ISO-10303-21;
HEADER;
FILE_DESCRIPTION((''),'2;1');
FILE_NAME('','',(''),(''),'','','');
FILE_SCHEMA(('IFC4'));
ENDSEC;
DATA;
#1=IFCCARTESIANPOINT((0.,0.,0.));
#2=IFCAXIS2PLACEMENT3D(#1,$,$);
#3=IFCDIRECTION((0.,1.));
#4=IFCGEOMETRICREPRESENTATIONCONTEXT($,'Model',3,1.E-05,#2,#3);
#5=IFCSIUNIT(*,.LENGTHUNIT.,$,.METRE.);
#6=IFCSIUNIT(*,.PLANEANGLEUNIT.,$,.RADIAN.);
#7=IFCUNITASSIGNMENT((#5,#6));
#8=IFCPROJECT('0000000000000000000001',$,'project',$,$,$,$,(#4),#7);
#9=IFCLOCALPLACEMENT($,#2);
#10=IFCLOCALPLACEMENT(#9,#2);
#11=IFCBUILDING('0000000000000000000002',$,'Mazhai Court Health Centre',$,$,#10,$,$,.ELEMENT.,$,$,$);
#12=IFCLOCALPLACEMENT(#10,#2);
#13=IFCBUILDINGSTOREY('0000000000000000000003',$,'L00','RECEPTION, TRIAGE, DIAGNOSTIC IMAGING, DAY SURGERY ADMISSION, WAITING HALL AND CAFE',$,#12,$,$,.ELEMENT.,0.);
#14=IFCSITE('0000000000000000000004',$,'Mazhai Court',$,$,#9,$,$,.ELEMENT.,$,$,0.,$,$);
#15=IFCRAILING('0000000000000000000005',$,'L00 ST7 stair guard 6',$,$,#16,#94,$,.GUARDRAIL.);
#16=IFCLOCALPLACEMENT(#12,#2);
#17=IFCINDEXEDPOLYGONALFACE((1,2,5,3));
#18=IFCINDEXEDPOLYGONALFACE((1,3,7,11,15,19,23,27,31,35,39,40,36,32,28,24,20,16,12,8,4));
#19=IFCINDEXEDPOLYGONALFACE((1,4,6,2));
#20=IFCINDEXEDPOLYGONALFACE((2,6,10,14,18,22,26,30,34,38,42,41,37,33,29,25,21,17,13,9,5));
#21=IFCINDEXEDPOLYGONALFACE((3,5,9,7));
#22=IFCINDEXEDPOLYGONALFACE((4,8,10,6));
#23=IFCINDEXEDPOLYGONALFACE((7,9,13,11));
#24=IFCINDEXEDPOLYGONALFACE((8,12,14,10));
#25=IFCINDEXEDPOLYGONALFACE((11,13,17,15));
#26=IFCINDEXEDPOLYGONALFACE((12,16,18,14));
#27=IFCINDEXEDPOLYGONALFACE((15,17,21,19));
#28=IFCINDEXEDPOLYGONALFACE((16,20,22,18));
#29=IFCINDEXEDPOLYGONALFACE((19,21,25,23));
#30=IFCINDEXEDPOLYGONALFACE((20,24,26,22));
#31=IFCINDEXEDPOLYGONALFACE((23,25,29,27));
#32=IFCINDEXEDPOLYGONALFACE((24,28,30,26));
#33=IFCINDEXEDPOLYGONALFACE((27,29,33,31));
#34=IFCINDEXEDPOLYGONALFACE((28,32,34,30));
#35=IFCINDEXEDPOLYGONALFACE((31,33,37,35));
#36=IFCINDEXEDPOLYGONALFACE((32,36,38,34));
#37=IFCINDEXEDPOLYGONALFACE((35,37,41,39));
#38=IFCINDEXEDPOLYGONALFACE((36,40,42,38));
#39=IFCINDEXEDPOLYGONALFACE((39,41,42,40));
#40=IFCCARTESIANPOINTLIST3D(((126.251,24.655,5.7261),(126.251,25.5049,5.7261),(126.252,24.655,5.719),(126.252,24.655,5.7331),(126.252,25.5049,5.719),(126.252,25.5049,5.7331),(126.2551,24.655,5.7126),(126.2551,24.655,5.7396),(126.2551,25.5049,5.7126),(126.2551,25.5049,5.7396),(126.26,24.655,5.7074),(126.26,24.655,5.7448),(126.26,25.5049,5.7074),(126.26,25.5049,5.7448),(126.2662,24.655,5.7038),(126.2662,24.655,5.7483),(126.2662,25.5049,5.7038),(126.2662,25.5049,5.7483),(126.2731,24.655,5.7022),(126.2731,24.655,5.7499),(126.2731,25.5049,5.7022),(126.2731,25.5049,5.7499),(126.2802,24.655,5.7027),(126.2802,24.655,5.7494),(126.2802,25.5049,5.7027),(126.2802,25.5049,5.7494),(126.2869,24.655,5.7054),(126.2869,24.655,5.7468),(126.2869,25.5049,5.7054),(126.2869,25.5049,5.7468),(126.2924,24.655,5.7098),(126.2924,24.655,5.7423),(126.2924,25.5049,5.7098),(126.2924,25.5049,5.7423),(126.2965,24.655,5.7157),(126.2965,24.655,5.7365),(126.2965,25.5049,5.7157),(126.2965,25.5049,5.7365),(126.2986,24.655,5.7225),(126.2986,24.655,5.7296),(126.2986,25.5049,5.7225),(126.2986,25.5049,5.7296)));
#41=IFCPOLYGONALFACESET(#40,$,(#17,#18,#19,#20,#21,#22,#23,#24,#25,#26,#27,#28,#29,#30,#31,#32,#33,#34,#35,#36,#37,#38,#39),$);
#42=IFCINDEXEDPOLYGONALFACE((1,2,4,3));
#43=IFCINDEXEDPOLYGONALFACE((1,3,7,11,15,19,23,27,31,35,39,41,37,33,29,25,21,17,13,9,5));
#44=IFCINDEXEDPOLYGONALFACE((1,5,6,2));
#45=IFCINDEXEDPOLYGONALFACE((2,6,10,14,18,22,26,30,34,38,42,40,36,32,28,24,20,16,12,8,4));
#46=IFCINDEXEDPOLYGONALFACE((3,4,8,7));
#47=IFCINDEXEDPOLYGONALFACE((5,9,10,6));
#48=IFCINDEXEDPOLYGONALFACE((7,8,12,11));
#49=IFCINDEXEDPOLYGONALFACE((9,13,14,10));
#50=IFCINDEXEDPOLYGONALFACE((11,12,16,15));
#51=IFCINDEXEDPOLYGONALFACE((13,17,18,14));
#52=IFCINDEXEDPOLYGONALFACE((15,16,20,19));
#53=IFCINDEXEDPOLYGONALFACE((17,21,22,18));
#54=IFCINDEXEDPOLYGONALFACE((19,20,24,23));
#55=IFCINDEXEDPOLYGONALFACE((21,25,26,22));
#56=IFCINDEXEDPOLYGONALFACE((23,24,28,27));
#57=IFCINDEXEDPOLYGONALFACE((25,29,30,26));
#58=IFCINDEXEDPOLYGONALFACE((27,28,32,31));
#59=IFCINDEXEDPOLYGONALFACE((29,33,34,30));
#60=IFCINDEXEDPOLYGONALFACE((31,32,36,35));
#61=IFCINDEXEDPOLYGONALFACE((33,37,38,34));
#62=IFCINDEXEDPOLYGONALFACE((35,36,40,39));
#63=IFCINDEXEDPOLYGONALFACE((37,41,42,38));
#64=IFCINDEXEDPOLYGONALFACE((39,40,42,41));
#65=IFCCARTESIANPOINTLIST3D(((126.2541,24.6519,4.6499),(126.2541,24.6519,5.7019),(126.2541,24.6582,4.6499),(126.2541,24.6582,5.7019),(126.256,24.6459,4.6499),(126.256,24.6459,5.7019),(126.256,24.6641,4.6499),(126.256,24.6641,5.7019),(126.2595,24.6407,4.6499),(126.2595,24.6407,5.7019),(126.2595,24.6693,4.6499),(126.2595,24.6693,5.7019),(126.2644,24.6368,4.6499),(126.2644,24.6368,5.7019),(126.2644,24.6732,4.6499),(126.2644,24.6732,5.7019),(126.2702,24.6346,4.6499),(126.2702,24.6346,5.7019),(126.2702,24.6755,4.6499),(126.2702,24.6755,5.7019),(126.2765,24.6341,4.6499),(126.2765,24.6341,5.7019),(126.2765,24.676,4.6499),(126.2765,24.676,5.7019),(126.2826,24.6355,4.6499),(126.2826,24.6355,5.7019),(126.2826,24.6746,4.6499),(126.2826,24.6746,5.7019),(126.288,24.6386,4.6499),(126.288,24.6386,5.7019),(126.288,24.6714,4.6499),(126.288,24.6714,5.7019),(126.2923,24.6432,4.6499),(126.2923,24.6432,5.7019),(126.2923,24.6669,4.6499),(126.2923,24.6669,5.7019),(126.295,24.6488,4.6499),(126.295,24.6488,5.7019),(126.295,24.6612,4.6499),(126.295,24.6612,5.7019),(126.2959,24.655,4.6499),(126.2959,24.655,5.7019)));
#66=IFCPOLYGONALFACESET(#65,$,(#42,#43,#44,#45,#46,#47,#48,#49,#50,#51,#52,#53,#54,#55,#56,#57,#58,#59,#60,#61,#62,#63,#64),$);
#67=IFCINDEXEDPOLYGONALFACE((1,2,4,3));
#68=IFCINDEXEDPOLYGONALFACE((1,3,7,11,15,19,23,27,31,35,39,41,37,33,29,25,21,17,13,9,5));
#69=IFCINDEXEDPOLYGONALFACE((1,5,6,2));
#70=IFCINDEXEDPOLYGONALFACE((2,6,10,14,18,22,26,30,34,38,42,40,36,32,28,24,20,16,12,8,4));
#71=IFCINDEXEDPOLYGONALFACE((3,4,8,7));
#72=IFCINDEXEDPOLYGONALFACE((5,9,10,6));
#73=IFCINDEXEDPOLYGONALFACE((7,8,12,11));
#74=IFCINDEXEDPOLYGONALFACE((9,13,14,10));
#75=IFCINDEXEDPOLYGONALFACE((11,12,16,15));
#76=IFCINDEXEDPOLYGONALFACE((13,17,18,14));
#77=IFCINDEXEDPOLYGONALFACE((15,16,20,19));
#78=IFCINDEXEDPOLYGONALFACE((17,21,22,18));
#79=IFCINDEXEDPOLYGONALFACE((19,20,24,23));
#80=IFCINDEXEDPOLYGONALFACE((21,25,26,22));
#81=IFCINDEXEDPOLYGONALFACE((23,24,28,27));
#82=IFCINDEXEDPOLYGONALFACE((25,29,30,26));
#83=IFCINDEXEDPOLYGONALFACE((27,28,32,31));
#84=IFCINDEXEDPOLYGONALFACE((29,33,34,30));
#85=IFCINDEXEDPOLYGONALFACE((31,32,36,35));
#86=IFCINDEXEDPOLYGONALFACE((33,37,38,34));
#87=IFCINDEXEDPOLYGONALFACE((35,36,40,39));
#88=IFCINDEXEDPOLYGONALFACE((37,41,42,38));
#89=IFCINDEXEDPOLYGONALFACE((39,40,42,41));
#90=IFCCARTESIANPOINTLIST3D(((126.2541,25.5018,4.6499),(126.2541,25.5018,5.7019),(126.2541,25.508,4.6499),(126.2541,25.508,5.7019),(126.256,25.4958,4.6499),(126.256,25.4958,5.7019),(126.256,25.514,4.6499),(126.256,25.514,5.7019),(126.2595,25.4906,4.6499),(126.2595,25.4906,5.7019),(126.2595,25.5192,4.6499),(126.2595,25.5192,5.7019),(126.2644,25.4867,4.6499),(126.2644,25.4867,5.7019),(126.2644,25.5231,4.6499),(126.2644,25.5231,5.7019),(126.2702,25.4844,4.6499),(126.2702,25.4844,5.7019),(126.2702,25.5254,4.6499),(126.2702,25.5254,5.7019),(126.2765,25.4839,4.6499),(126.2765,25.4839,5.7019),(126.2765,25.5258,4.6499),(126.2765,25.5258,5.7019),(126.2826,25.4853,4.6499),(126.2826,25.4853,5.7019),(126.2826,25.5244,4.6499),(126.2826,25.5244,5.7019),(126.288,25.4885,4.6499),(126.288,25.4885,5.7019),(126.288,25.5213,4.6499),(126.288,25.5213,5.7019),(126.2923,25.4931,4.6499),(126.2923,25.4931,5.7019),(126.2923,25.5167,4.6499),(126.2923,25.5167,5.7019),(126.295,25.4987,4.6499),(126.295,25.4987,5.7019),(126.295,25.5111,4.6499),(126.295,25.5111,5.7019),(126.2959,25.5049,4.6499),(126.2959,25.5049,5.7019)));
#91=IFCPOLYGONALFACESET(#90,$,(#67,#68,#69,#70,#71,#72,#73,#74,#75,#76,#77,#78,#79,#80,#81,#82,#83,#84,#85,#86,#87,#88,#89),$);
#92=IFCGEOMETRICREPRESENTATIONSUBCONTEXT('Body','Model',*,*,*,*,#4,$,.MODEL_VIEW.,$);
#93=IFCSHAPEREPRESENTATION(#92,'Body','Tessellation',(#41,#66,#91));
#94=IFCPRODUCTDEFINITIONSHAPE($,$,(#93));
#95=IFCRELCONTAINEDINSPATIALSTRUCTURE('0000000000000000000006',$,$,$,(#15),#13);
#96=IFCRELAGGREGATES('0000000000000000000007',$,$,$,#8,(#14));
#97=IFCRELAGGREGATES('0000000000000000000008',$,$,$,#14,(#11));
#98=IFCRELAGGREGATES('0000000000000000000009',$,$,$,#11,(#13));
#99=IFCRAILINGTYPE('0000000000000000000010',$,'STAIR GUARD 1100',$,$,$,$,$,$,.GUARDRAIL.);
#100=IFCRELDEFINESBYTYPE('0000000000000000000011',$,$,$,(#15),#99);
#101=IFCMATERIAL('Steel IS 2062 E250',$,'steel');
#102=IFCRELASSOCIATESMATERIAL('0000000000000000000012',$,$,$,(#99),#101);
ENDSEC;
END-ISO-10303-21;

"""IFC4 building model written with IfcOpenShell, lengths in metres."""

from ifc_helpers import new_model, si_unit, direction, frame, origin, origin_2d, place, context, subcontext, project, spatial, circle, extrude, material, type_object, element, save


model = new_model("IFC4")

# Units and contexts
model_context = context("Model", 3, precision=1e-05, world=origin(), true_north=direction((0.0, 1.0)))
body_context = subcontext(model_context, "Body", "Model", "MODEL_VIEW")
ifc_project = project(units=[si_unit("LENGTHUNIT", "METRE"), si_unit("PLANEANGLEUNIT", "RADIAN")], contexts=[model_context])

# Site, building, storey
site_placement = place(None, origin())
site = spatial("IfcSite", under=ifc_project, at=site_placement, Name="Mazhai Court", CompositionType="ELEMENT", RefElevation=0.0)
building_placement = place(site_placement, origin())
building = spatial("IfcBuilding", under=site, at=building_placement, Name="Mazhai Court Health Centre", CompositionType="ELEMENT")
storey_placement = place(building_placement, origin())
storey = spatial("IfcBuildingStorey", under=building, at=storey_placement, Name="L00", Description="RECEPTION, TRIAGE, DIAGNOSTIC IMAGING, DAY SURGERY ADMISSION, WAITING HALL AND CAFE", CompositionType="ELEMENT", Elevation=0.0)

# Railing
ifc_material_1 = material(Name="Steel IS 2062 E250", Category="steel")
railing_type_1 = type_object("IfcRailingType", Name="STAIR GUARD 1100", PredefinedType="GUARDRAIL", material=ifc_material_1)
railing_1_placement = place(storey_placement, frame((126.2749, 24.655, 4.6499)))
element("IfcRailing", 1, at=railing_1_placement, inside=storey, type_object=railing_type_1, Name="L00 ST7 stair guard 6", PredefinedType="GUARDRAIL", context=body_context, shape_type="SweptSolid", body=[
    extrude(circle(Radius=0.0239, at=origin_2d()), frame((0.0, 0.0, 1.0762), z_axis=(0.0, 1.0, 0.0), x_axis=(-1.0, 0.0, 0.0)), (0.0, 0.0, 1.0), 0.8499),
    extrude(circle(Radius=0.021, at=origin_2d()), origin(), (0.0, 0.0, 1.0), 1.052),
    extrude(circle(Radius=0.021, at=origin_2d()), frame((0.0, 0.8499, 0.0)), (0.0, 0.0, 1.0), 1.052),
])

save(model, "model.ifc")
